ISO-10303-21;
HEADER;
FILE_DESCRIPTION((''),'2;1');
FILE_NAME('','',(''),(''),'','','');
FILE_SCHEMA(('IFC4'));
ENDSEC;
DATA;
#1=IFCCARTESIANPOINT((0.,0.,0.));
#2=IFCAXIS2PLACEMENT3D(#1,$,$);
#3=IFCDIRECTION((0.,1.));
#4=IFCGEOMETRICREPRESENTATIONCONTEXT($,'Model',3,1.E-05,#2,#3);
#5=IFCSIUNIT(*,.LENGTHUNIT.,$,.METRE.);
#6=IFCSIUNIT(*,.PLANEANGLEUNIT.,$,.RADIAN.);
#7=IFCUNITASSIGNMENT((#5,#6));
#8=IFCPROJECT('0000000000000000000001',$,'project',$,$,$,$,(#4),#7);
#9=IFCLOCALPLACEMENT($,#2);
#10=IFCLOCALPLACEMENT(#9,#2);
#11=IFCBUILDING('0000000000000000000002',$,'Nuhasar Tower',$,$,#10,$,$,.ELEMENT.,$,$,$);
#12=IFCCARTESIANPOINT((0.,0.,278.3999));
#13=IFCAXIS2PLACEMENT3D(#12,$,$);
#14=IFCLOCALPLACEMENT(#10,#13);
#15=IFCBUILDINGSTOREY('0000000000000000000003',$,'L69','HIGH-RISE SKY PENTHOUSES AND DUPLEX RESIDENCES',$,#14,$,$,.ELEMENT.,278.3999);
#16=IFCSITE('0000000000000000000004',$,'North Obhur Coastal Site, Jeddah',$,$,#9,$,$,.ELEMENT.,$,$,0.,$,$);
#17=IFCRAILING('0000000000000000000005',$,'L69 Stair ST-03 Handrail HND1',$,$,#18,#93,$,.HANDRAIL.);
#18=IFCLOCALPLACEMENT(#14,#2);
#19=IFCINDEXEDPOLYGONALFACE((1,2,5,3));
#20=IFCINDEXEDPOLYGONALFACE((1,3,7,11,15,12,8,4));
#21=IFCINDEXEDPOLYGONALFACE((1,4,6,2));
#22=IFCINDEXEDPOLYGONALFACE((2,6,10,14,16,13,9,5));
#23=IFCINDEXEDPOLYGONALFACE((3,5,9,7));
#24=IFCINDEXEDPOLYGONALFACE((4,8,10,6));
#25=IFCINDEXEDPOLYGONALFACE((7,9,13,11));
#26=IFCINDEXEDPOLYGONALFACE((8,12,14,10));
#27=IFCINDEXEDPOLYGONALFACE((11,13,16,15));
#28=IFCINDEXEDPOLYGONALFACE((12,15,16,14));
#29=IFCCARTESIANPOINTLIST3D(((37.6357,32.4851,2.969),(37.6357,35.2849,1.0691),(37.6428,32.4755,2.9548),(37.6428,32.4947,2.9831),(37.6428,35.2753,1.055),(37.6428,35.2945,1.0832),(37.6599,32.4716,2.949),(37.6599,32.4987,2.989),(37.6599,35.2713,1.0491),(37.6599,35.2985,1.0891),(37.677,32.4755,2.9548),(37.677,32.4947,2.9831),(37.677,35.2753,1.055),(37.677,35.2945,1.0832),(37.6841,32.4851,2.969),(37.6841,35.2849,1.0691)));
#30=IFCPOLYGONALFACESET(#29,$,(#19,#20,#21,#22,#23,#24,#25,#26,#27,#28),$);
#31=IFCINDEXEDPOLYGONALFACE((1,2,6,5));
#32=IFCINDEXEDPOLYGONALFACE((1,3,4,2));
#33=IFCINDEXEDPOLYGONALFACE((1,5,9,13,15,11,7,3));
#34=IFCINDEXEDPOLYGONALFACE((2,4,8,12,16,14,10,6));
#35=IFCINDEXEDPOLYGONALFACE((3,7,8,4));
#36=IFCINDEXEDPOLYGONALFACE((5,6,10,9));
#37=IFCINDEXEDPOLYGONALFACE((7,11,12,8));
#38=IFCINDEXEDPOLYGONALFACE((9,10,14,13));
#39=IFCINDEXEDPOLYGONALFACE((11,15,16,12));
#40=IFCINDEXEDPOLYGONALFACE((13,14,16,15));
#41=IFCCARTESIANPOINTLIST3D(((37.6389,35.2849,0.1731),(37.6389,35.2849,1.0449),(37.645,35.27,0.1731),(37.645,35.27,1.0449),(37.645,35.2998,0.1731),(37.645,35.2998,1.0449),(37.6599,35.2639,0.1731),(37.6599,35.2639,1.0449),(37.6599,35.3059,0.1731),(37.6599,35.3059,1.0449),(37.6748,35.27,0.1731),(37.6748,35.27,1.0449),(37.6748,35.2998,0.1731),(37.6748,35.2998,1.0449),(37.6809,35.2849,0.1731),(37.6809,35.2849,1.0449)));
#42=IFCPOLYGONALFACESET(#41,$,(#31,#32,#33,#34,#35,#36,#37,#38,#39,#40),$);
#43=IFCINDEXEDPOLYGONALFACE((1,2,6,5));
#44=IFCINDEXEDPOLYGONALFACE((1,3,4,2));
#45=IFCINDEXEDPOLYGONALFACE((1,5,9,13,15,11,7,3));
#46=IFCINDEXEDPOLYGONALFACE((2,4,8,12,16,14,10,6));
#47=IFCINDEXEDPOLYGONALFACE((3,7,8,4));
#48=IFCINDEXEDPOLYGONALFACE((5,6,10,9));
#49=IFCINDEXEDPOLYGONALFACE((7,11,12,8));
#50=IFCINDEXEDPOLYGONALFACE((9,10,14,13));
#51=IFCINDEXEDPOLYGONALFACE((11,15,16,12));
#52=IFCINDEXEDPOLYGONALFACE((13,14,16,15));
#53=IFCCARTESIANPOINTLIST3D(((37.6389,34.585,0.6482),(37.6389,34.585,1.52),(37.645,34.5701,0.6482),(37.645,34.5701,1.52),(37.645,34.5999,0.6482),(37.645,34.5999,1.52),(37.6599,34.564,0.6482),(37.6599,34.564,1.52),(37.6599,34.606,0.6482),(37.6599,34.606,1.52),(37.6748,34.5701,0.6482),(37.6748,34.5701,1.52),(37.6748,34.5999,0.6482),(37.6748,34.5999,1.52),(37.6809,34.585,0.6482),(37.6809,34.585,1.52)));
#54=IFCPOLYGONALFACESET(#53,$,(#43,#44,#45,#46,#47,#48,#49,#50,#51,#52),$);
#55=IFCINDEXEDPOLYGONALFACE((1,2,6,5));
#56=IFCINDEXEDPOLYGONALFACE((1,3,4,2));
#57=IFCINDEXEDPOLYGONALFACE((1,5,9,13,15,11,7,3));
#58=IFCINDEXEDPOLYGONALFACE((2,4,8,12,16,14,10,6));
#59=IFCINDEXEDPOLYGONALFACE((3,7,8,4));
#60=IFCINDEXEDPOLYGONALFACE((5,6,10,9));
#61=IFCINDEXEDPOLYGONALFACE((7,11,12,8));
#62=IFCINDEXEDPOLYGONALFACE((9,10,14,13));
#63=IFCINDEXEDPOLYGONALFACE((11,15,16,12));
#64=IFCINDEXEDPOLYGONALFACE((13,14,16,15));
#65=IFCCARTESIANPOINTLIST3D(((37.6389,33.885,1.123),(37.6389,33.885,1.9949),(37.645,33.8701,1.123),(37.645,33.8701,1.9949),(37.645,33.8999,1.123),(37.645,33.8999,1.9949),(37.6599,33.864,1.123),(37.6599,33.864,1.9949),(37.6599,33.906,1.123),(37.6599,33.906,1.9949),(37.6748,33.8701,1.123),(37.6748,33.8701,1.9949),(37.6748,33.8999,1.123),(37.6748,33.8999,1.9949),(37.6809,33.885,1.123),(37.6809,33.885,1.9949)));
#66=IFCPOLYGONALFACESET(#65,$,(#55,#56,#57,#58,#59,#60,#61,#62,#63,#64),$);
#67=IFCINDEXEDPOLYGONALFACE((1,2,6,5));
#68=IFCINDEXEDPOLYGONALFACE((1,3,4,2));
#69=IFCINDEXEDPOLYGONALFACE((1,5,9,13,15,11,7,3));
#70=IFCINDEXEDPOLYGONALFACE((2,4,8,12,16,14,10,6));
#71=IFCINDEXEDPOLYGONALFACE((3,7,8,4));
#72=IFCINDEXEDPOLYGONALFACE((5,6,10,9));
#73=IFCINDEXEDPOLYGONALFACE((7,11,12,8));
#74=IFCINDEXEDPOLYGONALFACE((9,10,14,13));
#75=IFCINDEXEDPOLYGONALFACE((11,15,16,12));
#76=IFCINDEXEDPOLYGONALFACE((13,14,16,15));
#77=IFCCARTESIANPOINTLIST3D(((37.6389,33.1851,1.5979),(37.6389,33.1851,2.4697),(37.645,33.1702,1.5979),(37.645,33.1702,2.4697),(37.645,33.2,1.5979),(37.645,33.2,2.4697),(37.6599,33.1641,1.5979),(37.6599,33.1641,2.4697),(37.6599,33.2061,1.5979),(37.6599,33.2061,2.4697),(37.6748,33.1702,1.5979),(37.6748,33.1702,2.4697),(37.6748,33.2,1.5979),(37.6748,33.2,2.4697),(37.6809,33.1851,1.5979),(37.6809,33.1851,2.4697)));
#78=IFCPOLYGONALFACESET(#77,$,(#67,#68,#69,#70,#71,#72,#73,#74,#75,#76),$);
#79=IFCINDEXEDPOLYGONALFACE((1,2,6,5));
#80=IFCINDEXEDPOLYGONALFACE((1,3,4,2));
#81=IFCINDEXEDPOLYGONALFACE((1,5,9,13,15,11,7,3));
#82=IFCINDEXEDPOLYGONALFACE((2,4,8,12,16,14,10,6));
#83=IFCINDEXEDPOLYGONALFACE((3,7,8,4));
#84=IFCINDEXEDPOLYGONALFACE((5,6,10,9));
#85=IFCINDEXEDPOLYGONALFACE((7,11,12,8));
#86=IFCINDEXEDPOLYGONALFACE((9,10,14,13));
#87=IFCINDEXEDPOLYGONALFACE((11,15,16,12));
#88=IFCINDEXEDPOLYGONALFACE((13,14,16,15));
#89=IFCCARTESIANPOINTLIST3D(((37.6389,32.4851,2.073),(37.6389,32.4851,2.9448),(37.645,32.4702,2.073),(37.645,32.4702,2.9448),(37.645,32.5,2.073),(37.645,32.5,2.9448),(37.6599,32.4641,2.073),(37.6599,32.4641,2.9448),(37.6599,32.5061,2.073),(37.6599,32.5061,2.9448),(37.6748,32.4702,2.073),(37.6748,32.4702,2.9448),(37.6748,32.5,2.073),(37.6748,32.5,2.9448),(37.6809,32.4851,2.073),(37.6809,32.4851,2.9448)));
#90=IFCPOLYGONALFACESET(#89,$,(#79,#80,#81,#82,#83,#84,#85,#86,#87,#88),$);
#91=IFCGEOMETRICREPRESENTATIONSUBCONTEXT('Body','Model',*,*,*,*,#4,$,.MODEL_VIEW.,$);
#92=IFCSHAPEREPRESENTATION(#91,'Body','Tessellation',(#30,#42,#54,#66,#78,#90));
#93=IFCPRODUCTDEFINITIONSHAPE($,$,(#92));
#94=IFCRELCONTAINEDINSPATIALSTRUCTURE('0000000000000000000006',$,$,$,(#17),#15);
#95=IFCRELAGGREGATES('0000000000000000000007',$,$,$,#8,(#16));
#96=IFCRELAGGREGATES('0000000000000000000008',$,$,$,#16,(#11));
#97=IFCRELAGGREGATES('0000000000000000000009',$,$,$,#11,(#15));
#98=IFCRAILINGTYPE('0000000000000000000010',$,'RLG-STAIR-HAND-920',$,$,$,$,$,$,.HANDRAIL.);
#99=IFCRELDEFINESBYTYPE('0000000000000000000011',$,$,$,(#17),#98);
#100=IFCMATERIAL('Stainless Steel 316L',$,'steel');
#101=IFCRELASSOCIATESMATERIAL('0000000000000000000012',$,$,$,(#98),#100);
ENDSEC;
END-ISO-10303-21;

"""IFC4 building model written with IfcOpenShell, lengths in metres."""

from ifc_helpers import new_model, si_unit, direction, frame, origin, place, context, subcontext, project, spatial, polyline, outline, extrude, material, type_object, element, save


model = new_model("IFC4")

# Units and contexts
model_context = context("Model", 3, precision=1e-05, world=origin(), true_north=direction((0.0, 1.0)))
body_context = subcontext(model_context, "Body", "Model", "MODEL_VIEW")
ifc_project = project(units=[si_unit("LENGTHUNIT", "METRE"), si_unit("PLANEANGLEUNIT", "RADIAN")], contexts=[model_context])

# Site, building, storey
site_placement = place(None, origin())
site = spatial("IfcSite", under=ifc_project, at=site_placement, Name="North Obhur Coastal Site, Jeddah", CompositionType="ELEMENT", RefElevation=0.0)
building_placement = place(site_placement, origin())
building = spatial("IfcBuilding", under=site, at=building_placement, Name="Nuhasar Tower", CompositionType="ELEMENT")
storey_placement = place(building_placement, frame((0.0, 0.0, 278.3999)))
storey = spatial("IfcBuildingStorey", under=building, at=storey_placement, Name="L69", Description="HIGH-RISE SKY PENTHOUSES AND DUPLEX RESIDENCES", CompositionType="ELEMENT", Elevation=278.3999)

# Railing
ifc_material_1 = material(Name="Stainless Steel 316L", Category="steel")
railing_type_1 = type_object("IfcRailingType", Name="RLG-STAIR-HAND-920", PredefinedType="HANDRAIL", material=ifc_material_1)
railing_1_placement = place(storey_placement, frame((37.6599, 35.2849, 0.1731)))
element("IfcRailing", 1, at=railing_1_placement, inside=storey, type_object=railing_type_1, Name="L69 Stair ST-03 Handrail HND1", PredefinedType="HANDRAIL", context=body_context, shape_type="SweptSolid", body=[
    extrude(outline(polyline([(0.0242, 0.0), (0.0171, 0.0171), (0.0, 0.0242), (-0.0171, 0.0171), (-0.0242, 0.0), (-0.0171, -0.0171), (0.0, -0.0242), (0.0171, -0.0171), (0.0242, 0.0)])), frame((0.0, 0.0, 0.896), z_axis=(0.0, -0.827471, 0.561508), x_axis=(1.0, 0.0, 0.0)), (0.0, 0.0, 1.0), 3.3835),
    extrude(outline(polyline([(0.021, 0.0), (0.0149, 0.0149), (0.0, 0.021), (-0.0149, 0.0149), (-0.021, 0.0), (-0.0149, -0.0149), (0.0, -0.021), (0.0149, -0.0149), (0.021, 0.0)])), origin(), (0.0, 0.0, 1.0), 0.8718),
    extrude(outline(polyline([(0.021, 0.0), (0.0149, 0.0149), (0.0, 0.021), (-0.0149, 0.0149), (-0.021, 0.0), (-0.0149, -0.0149), (0.0, -0.021), (0.0149, -0.0149), (0.021, 0.0)])), frame((0.0, -0.7, 0.4751)), (0.0, 0.0, 1.0), 0.8718),
    extrude(outline(polyline([(0.021, 0.0), (0.0149, 0.0149), (0.0, 0.021), (-0.0149, 0.0149), (-0.021, 0.0), (-0.0149, -0.0149), (0.0, -0.021), (0.0149, -0.0149), (0.021, 0.0)])), frame((0.0, -1.3999, 0.95)), (0.0, 0.0, 1.0), 0.8718),
    extrude(outline(polyline([(0.021, 0.0), (0.0149, 0.0149), (0.0, 0.021), (-0.0149, 0.0149), (-0.021, 0.0), (-0.0149, -0.0149), (0.0, -0.021), (0.0149, -0.0149), (0.021, 0.0)])), frame((0.0, -2.0999, 1.4248)), (0.0, 0.0, 1.0), 0.8718),
    extrude(outline(polyline([(0.021, 0.0), (0.0149, 0.0149), (0.0, 0.021), (-0.0149, 0.0149), (-0.021, 0.0), (-0.0149, -0.0149), (0.0, -0.021), (0.0149, -0.0149), (0.021, 0.0)])), frame((0.0, -2.7998, 1.8999)), (0.0, 0.0, 1.0), 0.8718),
])

save(model, "model.ifc")
